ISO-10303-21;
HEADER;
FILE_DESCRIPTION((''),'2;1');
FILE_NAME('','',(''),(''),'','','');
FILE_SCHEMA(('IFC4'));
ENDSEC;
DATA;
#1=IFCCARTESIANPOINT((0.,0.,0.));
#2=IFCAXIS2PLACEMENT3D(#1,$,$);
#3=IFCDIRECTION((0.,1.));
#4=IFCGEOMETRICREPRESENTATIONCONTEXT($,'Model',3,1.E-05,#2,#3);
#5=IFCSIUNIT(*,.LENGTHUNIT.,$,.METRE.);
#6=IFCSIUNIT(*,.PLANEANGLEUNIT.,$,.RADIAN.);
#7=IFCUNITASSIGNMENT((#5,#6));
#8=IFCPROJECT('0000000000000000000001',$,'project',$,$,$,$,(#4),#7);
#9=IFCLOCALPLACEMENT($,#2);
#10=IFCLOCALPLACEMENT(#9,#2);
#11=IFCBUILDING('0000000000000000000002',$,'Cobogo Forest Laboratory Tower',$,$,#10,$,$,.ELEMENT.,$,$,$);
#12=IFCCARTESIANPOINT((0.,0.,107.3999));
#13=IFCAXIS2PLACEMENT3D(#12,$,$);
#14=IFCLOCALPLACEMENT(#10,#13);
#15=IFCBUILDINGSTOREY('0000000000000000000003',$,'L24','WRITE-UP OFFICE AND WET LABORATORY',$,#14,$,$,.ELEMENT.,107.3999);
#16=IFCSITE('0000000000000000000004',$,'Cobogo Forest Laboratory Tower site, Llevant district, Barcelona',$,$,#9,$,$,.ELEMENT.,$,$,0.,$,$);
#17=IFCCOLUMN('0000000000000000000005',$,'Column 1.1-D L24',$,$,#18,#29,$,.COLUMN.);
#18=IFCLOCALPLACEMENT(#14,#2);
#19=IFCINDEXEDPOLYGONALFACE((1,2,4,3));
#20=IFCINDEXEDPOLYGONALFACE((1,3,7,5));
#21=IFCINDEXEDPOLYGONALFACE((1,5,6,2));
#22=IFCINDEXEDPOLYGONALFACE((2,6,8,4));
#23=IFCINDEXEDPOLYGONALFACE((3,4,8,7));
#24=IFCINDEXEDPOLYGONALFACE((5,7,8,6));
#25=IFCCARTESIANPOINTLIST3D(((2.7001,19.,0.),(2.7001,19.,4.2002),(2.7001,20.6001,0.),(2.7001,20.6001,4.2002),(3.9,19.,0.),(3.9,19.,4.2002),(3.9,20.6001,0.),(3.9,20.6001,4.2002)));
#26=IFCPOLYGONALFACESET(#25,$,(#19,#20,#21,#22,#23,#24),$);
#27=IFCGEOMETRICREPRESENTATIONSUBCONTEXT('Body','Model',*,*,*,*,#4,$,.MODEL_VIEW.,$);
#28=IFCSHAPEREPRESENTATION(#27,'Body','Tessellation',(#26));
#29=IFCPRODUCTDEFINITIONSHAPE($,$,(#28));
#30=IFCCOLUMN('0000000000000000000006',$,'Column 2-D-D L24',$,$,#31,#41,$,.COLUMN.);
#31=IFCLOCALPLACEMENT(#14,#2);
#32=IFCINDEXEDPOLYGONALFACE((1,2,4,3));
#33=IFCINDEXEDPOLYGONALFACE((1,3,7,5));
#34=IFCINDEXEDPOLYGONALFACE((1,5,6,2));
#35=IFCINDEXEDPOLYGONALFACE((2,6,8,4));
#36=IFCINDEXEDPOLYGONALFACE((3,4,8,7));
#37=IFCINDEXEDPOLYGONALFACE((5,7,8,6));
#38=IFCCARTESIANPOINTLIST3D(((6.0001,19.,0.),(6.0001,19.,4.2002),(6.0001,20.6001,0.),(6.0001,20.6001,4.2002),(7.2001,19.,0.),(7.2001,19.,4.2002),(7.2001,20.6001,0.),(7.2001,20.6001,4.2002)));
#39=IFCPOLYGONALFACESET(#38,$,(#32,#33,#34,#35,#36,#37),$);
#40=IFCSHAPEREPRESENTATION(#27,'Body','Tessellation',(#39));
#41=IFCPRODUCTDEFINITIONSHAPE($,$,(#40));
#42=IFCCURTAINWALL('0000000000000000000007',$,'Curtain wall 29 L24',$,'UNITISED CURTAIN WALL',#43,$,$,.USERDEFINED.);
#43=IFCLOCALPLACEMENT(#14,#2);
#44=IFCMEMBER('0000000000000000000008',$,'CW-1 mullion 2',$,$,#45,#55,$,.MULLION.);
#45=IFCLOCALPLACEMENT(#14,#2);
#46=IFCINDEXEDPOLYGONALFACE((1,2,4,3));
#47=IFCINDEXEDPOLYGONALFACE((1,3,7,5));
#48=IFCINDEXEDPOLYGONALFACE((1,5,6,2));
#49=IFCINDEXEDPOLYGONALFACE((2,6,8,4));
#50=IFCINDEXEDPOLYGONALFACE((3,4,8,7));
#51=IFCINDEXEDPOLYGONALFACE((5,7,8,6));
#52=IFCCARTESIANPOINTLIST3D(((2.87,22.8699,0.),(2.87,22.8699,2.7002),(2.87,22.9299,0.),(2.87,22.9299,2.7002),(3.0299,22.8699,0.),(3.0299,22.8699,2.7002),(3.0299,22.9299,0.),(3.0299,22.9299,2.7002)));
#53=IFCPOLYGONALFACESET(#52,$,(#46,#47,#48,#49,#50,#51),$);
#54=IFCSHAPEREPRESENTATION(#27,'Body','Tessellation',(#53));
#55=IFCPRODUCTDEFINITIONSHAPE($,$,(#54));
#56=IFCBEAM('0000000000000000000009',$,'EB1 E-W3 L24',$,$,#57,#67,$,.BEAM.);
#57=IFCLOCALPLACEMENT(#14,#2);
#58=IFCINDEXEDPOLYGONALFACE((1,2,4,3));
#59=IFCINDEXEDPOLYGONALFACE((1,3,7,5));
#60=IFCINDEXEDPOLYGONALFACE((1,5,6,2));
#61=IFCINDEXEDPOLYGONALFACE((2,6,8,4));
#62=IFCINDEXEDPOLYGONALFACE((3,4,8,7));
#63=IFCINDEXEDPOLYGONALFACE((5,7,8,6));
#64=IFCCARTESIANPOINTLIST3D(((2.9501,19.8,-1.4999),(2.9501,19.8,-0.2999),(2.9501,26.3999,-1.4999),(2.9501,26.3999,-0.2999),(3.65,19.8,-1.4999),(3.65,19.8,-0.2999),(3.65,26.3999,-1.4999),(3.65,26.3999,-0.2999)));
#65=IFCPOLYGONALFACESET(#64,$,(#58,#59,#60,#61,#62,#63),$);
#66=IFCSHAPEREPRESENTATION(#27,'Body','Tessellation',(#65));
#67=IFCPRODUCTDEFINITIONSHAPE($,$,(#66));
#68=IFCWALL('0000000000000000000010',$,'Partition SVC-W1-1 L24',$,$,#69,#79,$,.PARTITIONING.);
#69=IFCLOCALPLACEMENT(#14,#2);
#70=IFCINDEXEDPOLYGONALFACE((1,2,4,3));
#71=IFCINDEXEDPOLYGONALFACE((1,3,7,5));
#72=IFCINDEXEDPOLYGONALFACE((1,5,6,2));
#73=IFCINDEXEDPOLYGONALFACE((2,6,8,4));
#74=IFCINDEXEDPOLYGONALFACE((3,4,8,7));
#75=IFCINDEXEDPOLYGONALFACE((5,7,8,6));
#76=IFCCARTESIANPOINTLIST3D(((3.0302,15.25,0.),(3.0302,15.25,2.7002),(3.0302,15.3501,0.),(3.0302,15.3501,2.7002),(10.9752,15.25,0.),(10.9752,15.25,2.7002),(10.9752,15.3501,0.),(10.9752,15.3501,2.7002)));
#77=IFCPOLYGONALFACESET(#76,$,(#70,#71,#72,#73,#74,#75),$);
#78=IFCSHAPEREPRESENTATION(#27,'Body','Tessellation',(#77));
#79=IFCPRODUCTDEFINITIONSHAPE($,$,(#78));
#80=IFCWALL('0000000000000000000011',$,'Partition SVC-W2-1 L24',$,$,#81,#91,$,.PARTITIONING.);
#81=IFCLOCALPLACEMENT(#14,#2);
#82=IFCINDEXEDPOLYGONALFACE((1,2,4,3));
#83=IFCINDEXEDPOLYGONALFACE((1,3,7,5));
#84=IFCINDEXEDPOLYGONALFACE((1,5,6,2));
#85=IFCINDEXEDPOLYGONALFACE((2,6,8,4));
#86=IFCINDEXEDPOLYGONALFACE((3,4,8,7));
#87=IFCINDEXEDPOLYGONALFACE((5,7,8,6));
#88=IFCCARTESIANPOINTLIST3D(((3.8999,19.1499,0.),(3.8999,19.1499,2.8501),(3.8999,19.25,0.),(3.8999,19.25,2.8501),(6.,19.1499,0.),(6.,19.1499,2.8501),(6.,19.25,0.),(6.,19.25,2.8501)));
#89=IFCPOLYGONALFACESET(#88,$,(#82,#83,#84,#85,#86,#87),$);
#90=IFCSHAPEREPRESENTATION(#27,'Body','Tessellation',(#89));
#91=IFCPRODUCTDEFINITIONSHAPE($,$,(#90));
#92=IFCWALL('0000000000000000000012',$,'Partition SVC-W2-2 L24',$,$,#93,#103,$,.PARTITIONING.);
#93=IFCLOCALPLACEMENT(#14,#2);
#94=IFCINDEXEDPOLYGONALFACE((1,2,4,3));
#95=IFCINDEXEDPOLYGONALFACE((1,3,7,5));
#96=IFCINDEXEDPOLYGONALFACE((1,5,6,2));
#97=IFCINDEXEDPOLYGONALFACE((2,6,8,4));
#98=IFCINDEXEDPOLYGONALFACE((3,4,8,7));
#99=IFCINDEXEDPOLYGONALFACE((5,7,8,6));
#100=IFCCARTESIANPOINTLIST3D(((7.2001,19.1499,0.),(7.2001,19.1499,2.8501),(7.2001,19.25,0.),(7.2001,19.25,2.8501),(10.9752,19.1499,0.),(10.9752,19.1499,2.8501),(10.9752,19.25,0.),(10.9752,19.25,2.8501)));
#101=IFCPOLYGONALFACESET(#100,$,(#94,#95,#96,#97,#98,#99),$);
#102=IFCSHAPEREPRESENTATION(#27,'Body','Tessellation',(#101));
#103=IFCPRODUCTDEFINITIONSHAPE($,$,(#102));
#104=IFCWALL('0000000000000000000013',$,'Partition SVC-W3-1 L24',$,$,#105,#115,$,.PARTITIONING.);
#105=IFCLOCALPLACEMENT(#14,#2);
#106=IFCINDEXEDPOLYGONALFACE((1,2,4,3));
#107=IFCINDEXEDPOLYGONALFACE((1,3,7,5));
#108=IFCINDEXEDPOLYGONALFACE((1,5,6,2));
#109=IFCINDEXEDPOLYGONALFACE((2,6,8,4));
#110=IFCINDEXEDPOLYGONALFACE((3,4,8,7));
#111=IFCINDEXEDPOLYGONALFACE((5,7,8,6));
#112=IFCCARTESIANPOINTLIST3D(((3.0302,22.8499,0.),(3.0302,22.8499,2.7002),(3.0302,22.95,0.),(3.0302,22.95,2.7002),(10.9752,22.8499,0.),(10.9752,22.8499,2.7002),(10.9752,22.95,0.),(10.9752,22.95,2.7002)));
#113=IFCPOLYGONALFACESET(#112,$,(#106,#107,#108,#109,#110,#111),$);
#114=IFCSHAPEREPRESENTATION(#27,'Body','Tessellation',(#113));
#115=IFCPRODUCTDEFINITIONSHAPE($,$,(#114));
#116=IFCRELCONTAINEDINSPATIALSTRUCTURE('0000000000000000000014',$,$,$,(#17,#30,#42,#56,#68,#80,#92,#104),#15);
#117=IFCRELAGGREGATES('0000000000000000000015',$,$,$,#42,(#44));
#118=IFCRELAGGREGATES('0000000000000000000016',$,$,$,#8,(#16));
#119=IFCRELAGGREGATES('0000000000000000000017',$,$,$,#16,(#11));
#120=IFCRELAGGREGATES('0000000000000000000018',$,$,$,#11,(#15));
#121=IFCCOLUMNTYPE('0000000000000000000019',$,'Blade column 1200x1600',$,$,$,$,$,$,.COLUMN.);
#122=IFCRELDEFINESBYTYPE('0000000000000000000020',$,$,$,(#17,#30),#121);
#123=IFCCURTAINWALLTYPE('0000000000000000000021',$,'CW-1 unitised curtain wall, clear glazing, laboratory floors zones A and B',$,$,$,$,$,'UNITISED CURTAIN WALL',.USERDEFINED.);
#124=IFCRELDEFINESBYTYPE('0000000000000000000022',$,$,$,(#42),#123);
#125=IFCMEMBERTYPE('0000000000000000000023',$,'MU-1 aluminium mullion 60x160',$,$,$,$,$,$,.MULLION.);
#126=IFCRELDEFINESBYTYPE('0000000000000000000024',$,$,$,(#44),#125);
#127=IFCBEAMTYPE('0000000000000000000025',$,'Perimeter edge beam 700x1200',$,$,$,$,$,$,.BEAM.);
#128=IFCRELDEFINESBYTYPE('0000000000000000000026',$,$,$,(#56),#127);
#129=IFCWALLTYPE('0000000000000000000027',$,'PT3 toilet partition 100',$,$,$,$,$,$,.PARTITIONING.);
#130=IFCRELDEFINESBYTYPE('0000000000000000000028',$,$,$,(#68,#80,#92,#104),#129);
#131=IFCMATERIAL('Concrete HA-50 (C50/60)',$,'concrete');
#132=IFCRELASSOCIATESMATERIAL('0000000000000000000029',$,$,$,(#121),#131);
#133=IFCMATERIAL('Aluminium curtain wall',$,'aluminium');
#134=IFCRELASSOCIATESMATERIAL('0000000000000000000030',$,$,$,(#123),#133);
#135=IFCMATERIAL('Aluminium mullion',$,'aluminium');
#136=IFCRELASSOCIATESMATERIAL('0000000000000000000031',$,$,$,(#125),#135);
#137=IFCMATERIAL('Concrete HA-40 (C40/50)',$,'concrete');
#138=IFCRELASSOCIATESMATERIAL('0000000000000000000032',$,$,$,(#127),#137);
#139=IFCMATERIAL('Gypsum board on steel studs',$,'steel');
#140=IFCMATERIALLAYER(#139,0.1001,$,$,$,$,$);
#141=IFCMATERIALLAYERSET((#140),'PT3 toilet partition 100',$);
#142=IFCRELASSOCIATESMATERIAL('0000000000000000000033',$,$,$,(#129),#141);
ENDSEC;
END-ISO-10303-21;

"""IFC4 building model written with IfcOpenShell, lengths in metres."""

from ifc_helpers import new_model, si_unit, direction, frame, frame_2d, origin, origin_2d, place, context, subcontext, project, spatial, rectangle, extrude, material, layer, layer_set, material_profile, profile_set, type_object, element, aggregate, save


model = new_model("IFC4")

# Units and contexts
model_context = context("Model", 3, precision=1e-05, world=origin(), true_north=direction((0.0, 1.0)))
body_context = subcontext(model_context, "Body", "Model", "MODEL_VIEW")
ifc_project = project(units=[si_unit("LENGTHUNIT", "METRE"), si_unit("PLANEANGLEUNIT", "RADIAN")], contexts=[model_context])

# Site, building, storey
site_placement = place(None, origin())
site = spatial("IfcSite", under=ifc_project, at=site_placement, Name="Cobogo Forest Laboratory Tower site, Llevant district, Barcelona", CompositionType="ELEMENT", RefElevation=0.0)
building_placement = place(site_placement, origin())
building = spatial("IfcBuilding", under=site, at=building_placement, Name="Cobogo Forest Laboratory Tower", CompositionType="ELEMENT")
storey_placement = place(building_placement, frame((0.0, 0.0, 107.3999)))
storey = spatial("IfcBuildingStorey", under=building, at=storey_placement, Name="L24", Description="WRITE-UP OFFICE AND WET LABORATORY", CompositionType="ELEMENT", Elevation=107.3999)

# Columns
ifc_material_1 = material(Name="Concrete HA-50 (C50/60)", Category="concrete")
ifc_material_profile_1 = material_profile(ifc_material_1, rectangle(XDim=1.6001, YDim=1.2, at=origin_2d()), Name="RC 1200x1600")
ifc_profile_set_1 = profile_set([ifc_material_profile_1], Name="Concrete HA-50 (C50/60)")
column_type = type_object("IfcColumnType", Name="Blade column 1200x1600", PredefinedType="COLUMN", material=ifc_profile_set_1)
for number, where, z_axis, x_axis, name in (
    (1, (3.3, 19.8, 0.0), (0.0, 0.0, 1.0), (0.0, 1.0, 0.0), "Column 1.1-D L24"),
    (2, (6.6001, 19.8, 0.0), (0.0, 0.0, 1.0), (0.0, 1.0, 0.0), "Column 2-D-D L24"),
):
    element("IfcColumn", number, at=place(storey_placement, frame(where, z_axis=z_axis, x_axis=x_axis)), inside=storey, type_object=column_type, Name=name, PredefinedType="COLUMN", context=body_context, shape_type="SweptSolid", body=[
        extrude(rectangle(XDim=1.6001, YDim=1.2, at=origin_2d()), origin(), (0.0, 0.0, 1.0), 4.2002),
    ])

# Curtain wall, member
ifc_material_2 = material(Name="Aluminium curtain wall", Category="aluminium")
curtain_wall_type = type_object("IfcCurtainWallType", Name="CW-1 unitised curtain wall, clear glazing, laboratory floors zones A and B", ElementType="UNITISED CURTAIN WALL", PredefinedType="USERDEFINED", material=ifc_material_2)
curtain_wall_placement = place(storey_placement, origin())
curtain_wall = element("IfcCurtainWall", 3, at=curtain_wall_placement, inside=storey, type_object=curtain_wall_type, Name="Curtain wall 29 L24", ObjectType="UNITISED CURTAIN WALL", PredefinedType="USERDEFINED")
ifc_material_3 = material(Name="Aluminium mullion", Category="aluminium")
ifc_material_profile_2 = material_profile(ifc_material_3, rectangle(XDim=0.0601, YDim=0.1599, at=origin_2d()), Name="AL 60x160")
ifc_profile_set_2 = profile_set([ifc_material_profile_2], Name="Aluminium mullion")
member_type = type_object("IfcMemberType", Name="MU-1 aluminium mullion 60x160", PredefinedType="MULLION", material=ifc_profile_set_2)
member_placement = place(storey_placement, frame((2.95, 22.8999, 0.0), z_axis=(0.0, 0.0, 1.0), x_axis=(0.0, -1.0, 0.0)))
member = element("IfcMember", 4, at=member_placement, type_object=member_type, Name="CW-1 mullion 2", PredefinedType="MULLION", context=body_context, shape_type="SweptSolid", body=[
    extrude(rectangle(XDim=0.0601, YDim=0.1599, at=origin_2d()), origin(), (0.0, 0.0, 1.0), 2.7002),
])
aggregate(curtain_wall, [member])

# Beam
ifc_material_4 = material(Name="Concrete HA-40 (C40/50)", Category="concrete")
ifc_material_profile_3 = material_profile(ifc_material_4, rectangle(XDim=0.7, YDim=1.2, at=origin_2d()), Name="RC 700x1200")
ifc_profile_set_3 = profile_set([ifc_material_profile_3], Name="Concrete HA-40 (C40/50)")
beam_type = type_object("IfcBeamType", Name="Perimeter edge beam 700x1200", PredefinedType="BEAM", material=ifc_profile_set_3)
beam_placement = place(storey_placement, frame((3.3, 19.8, -0.8999), z_axis=(0.0, 1.0, 0.0), x_axis=(-1.0, 0.0, 0.0)))
element("IfcBeam", 5, at=beam_placement, inside=storey, type_object=beam_type, Name="EB1 E-W3 L24", PredefinedType="BEAM", context=body_context, shape_type="SweptSolid", body=[
    extrude(rectangle(XDim=0.7, YDim=1.2, at=origin_2d()), origin(), (0.0, 0.0, 1.0), 6.5999),
])

# Walls
ifc_material_5 = material(Name="Gypsum board on steel studs", Category="steel")
ifc_layer = layer(ifc_material_5, 0.1001)
ifc_layer_set = layer_set([ifc_layer], Name="PT3 toilet partition 100")
wall_type = type_object("IfcWallType", Name="PT3 toilet partition 100", PredefinedType="PARTITIONING", material=ifc_layer_set)
wall_1_placement = place(storey_placement, frame((3.03, 15.3, 0.0), z_axis=(0.0, 0.0, 1.0), x_axis=(1.0, 0.0, 0.0)))
element("IfcWall", 6, at=wall_1_placement, inside=storey, type_object=wall_type, Name="Partition SVC-W1-1 L24", PredefinedType="PARTITIONING", context=body_context, shape_type="SweptSolid", body=[
    extrude(rectangle(XDim=7.9451, YDim=0.1001, at=frame_2d((3.9727, 0.0))), origin(), (0.0, 0.0, 1.0), 2.7002),
])
wall_2_placement = place(storey_placement, frame((3.8999, 19.2, 0.0), z_axis=(0.0, 0.0, 1.0), x_axis=(1.0, 0.0, 0.0)))
element("IfcWall", 7, at=wall_2_placement, inside=storey, type_object=wall_type, Name="Partition SVC-W2-1 L24", PredefinedType="PARTITIONING", context=body_context, shape_type="SweptSolid", body=[
    extrude(rectangle(XDim=2.1001, YDim=0.1001, at=frame_2d((1.05, 0.0))), origin(), (0.0, 0.0, 1.0), 2.8501),
])
wall_3_placement = place(storey_placement, frame((7.2, 19.2, 0.0), z_axis=(0.0, 0.0, 1.0), x_axis=(1.0, 0.0, 0.0)))
element("IfcWall", 8, at=wall_3_placement, inside=storey, type_object=wall_type, Name="Partition SVC-W2-2 L24", PredefinedType="PARTITIONING", context=body_context, shape_type="SweptSolid", body=[
    extrude(rectangle(XDim=3.7751, YDim=0.1001, at=frame_2d((1.8877, 0.0))), origin(), (0.0, 0.0, 1.0), 2.8501),
])
wall_4_placement = place(storey_placement, frame((3.03, 22.8999, 0.0), z_axis=(0.0, 0.0, 1.0), x_axis=(1.0, 0.0, 0.0)))
element("IfcWall", 9, at=wall_4_placement, inside=storey, type_object=wall_type, Name="Partition SVC-W3-1 L24", PredefinedType="PARTITIONING", context=body_context, shape_type="SweptSolid", body=[
    extrude(rectangle(XDim=7.9451, YDim=0.1001, at=frame_2d((3.9727, 0.0))), origin(), (0.0, 0.0, 1.0), 2.7002),
])

save(model, "model.ifc")
